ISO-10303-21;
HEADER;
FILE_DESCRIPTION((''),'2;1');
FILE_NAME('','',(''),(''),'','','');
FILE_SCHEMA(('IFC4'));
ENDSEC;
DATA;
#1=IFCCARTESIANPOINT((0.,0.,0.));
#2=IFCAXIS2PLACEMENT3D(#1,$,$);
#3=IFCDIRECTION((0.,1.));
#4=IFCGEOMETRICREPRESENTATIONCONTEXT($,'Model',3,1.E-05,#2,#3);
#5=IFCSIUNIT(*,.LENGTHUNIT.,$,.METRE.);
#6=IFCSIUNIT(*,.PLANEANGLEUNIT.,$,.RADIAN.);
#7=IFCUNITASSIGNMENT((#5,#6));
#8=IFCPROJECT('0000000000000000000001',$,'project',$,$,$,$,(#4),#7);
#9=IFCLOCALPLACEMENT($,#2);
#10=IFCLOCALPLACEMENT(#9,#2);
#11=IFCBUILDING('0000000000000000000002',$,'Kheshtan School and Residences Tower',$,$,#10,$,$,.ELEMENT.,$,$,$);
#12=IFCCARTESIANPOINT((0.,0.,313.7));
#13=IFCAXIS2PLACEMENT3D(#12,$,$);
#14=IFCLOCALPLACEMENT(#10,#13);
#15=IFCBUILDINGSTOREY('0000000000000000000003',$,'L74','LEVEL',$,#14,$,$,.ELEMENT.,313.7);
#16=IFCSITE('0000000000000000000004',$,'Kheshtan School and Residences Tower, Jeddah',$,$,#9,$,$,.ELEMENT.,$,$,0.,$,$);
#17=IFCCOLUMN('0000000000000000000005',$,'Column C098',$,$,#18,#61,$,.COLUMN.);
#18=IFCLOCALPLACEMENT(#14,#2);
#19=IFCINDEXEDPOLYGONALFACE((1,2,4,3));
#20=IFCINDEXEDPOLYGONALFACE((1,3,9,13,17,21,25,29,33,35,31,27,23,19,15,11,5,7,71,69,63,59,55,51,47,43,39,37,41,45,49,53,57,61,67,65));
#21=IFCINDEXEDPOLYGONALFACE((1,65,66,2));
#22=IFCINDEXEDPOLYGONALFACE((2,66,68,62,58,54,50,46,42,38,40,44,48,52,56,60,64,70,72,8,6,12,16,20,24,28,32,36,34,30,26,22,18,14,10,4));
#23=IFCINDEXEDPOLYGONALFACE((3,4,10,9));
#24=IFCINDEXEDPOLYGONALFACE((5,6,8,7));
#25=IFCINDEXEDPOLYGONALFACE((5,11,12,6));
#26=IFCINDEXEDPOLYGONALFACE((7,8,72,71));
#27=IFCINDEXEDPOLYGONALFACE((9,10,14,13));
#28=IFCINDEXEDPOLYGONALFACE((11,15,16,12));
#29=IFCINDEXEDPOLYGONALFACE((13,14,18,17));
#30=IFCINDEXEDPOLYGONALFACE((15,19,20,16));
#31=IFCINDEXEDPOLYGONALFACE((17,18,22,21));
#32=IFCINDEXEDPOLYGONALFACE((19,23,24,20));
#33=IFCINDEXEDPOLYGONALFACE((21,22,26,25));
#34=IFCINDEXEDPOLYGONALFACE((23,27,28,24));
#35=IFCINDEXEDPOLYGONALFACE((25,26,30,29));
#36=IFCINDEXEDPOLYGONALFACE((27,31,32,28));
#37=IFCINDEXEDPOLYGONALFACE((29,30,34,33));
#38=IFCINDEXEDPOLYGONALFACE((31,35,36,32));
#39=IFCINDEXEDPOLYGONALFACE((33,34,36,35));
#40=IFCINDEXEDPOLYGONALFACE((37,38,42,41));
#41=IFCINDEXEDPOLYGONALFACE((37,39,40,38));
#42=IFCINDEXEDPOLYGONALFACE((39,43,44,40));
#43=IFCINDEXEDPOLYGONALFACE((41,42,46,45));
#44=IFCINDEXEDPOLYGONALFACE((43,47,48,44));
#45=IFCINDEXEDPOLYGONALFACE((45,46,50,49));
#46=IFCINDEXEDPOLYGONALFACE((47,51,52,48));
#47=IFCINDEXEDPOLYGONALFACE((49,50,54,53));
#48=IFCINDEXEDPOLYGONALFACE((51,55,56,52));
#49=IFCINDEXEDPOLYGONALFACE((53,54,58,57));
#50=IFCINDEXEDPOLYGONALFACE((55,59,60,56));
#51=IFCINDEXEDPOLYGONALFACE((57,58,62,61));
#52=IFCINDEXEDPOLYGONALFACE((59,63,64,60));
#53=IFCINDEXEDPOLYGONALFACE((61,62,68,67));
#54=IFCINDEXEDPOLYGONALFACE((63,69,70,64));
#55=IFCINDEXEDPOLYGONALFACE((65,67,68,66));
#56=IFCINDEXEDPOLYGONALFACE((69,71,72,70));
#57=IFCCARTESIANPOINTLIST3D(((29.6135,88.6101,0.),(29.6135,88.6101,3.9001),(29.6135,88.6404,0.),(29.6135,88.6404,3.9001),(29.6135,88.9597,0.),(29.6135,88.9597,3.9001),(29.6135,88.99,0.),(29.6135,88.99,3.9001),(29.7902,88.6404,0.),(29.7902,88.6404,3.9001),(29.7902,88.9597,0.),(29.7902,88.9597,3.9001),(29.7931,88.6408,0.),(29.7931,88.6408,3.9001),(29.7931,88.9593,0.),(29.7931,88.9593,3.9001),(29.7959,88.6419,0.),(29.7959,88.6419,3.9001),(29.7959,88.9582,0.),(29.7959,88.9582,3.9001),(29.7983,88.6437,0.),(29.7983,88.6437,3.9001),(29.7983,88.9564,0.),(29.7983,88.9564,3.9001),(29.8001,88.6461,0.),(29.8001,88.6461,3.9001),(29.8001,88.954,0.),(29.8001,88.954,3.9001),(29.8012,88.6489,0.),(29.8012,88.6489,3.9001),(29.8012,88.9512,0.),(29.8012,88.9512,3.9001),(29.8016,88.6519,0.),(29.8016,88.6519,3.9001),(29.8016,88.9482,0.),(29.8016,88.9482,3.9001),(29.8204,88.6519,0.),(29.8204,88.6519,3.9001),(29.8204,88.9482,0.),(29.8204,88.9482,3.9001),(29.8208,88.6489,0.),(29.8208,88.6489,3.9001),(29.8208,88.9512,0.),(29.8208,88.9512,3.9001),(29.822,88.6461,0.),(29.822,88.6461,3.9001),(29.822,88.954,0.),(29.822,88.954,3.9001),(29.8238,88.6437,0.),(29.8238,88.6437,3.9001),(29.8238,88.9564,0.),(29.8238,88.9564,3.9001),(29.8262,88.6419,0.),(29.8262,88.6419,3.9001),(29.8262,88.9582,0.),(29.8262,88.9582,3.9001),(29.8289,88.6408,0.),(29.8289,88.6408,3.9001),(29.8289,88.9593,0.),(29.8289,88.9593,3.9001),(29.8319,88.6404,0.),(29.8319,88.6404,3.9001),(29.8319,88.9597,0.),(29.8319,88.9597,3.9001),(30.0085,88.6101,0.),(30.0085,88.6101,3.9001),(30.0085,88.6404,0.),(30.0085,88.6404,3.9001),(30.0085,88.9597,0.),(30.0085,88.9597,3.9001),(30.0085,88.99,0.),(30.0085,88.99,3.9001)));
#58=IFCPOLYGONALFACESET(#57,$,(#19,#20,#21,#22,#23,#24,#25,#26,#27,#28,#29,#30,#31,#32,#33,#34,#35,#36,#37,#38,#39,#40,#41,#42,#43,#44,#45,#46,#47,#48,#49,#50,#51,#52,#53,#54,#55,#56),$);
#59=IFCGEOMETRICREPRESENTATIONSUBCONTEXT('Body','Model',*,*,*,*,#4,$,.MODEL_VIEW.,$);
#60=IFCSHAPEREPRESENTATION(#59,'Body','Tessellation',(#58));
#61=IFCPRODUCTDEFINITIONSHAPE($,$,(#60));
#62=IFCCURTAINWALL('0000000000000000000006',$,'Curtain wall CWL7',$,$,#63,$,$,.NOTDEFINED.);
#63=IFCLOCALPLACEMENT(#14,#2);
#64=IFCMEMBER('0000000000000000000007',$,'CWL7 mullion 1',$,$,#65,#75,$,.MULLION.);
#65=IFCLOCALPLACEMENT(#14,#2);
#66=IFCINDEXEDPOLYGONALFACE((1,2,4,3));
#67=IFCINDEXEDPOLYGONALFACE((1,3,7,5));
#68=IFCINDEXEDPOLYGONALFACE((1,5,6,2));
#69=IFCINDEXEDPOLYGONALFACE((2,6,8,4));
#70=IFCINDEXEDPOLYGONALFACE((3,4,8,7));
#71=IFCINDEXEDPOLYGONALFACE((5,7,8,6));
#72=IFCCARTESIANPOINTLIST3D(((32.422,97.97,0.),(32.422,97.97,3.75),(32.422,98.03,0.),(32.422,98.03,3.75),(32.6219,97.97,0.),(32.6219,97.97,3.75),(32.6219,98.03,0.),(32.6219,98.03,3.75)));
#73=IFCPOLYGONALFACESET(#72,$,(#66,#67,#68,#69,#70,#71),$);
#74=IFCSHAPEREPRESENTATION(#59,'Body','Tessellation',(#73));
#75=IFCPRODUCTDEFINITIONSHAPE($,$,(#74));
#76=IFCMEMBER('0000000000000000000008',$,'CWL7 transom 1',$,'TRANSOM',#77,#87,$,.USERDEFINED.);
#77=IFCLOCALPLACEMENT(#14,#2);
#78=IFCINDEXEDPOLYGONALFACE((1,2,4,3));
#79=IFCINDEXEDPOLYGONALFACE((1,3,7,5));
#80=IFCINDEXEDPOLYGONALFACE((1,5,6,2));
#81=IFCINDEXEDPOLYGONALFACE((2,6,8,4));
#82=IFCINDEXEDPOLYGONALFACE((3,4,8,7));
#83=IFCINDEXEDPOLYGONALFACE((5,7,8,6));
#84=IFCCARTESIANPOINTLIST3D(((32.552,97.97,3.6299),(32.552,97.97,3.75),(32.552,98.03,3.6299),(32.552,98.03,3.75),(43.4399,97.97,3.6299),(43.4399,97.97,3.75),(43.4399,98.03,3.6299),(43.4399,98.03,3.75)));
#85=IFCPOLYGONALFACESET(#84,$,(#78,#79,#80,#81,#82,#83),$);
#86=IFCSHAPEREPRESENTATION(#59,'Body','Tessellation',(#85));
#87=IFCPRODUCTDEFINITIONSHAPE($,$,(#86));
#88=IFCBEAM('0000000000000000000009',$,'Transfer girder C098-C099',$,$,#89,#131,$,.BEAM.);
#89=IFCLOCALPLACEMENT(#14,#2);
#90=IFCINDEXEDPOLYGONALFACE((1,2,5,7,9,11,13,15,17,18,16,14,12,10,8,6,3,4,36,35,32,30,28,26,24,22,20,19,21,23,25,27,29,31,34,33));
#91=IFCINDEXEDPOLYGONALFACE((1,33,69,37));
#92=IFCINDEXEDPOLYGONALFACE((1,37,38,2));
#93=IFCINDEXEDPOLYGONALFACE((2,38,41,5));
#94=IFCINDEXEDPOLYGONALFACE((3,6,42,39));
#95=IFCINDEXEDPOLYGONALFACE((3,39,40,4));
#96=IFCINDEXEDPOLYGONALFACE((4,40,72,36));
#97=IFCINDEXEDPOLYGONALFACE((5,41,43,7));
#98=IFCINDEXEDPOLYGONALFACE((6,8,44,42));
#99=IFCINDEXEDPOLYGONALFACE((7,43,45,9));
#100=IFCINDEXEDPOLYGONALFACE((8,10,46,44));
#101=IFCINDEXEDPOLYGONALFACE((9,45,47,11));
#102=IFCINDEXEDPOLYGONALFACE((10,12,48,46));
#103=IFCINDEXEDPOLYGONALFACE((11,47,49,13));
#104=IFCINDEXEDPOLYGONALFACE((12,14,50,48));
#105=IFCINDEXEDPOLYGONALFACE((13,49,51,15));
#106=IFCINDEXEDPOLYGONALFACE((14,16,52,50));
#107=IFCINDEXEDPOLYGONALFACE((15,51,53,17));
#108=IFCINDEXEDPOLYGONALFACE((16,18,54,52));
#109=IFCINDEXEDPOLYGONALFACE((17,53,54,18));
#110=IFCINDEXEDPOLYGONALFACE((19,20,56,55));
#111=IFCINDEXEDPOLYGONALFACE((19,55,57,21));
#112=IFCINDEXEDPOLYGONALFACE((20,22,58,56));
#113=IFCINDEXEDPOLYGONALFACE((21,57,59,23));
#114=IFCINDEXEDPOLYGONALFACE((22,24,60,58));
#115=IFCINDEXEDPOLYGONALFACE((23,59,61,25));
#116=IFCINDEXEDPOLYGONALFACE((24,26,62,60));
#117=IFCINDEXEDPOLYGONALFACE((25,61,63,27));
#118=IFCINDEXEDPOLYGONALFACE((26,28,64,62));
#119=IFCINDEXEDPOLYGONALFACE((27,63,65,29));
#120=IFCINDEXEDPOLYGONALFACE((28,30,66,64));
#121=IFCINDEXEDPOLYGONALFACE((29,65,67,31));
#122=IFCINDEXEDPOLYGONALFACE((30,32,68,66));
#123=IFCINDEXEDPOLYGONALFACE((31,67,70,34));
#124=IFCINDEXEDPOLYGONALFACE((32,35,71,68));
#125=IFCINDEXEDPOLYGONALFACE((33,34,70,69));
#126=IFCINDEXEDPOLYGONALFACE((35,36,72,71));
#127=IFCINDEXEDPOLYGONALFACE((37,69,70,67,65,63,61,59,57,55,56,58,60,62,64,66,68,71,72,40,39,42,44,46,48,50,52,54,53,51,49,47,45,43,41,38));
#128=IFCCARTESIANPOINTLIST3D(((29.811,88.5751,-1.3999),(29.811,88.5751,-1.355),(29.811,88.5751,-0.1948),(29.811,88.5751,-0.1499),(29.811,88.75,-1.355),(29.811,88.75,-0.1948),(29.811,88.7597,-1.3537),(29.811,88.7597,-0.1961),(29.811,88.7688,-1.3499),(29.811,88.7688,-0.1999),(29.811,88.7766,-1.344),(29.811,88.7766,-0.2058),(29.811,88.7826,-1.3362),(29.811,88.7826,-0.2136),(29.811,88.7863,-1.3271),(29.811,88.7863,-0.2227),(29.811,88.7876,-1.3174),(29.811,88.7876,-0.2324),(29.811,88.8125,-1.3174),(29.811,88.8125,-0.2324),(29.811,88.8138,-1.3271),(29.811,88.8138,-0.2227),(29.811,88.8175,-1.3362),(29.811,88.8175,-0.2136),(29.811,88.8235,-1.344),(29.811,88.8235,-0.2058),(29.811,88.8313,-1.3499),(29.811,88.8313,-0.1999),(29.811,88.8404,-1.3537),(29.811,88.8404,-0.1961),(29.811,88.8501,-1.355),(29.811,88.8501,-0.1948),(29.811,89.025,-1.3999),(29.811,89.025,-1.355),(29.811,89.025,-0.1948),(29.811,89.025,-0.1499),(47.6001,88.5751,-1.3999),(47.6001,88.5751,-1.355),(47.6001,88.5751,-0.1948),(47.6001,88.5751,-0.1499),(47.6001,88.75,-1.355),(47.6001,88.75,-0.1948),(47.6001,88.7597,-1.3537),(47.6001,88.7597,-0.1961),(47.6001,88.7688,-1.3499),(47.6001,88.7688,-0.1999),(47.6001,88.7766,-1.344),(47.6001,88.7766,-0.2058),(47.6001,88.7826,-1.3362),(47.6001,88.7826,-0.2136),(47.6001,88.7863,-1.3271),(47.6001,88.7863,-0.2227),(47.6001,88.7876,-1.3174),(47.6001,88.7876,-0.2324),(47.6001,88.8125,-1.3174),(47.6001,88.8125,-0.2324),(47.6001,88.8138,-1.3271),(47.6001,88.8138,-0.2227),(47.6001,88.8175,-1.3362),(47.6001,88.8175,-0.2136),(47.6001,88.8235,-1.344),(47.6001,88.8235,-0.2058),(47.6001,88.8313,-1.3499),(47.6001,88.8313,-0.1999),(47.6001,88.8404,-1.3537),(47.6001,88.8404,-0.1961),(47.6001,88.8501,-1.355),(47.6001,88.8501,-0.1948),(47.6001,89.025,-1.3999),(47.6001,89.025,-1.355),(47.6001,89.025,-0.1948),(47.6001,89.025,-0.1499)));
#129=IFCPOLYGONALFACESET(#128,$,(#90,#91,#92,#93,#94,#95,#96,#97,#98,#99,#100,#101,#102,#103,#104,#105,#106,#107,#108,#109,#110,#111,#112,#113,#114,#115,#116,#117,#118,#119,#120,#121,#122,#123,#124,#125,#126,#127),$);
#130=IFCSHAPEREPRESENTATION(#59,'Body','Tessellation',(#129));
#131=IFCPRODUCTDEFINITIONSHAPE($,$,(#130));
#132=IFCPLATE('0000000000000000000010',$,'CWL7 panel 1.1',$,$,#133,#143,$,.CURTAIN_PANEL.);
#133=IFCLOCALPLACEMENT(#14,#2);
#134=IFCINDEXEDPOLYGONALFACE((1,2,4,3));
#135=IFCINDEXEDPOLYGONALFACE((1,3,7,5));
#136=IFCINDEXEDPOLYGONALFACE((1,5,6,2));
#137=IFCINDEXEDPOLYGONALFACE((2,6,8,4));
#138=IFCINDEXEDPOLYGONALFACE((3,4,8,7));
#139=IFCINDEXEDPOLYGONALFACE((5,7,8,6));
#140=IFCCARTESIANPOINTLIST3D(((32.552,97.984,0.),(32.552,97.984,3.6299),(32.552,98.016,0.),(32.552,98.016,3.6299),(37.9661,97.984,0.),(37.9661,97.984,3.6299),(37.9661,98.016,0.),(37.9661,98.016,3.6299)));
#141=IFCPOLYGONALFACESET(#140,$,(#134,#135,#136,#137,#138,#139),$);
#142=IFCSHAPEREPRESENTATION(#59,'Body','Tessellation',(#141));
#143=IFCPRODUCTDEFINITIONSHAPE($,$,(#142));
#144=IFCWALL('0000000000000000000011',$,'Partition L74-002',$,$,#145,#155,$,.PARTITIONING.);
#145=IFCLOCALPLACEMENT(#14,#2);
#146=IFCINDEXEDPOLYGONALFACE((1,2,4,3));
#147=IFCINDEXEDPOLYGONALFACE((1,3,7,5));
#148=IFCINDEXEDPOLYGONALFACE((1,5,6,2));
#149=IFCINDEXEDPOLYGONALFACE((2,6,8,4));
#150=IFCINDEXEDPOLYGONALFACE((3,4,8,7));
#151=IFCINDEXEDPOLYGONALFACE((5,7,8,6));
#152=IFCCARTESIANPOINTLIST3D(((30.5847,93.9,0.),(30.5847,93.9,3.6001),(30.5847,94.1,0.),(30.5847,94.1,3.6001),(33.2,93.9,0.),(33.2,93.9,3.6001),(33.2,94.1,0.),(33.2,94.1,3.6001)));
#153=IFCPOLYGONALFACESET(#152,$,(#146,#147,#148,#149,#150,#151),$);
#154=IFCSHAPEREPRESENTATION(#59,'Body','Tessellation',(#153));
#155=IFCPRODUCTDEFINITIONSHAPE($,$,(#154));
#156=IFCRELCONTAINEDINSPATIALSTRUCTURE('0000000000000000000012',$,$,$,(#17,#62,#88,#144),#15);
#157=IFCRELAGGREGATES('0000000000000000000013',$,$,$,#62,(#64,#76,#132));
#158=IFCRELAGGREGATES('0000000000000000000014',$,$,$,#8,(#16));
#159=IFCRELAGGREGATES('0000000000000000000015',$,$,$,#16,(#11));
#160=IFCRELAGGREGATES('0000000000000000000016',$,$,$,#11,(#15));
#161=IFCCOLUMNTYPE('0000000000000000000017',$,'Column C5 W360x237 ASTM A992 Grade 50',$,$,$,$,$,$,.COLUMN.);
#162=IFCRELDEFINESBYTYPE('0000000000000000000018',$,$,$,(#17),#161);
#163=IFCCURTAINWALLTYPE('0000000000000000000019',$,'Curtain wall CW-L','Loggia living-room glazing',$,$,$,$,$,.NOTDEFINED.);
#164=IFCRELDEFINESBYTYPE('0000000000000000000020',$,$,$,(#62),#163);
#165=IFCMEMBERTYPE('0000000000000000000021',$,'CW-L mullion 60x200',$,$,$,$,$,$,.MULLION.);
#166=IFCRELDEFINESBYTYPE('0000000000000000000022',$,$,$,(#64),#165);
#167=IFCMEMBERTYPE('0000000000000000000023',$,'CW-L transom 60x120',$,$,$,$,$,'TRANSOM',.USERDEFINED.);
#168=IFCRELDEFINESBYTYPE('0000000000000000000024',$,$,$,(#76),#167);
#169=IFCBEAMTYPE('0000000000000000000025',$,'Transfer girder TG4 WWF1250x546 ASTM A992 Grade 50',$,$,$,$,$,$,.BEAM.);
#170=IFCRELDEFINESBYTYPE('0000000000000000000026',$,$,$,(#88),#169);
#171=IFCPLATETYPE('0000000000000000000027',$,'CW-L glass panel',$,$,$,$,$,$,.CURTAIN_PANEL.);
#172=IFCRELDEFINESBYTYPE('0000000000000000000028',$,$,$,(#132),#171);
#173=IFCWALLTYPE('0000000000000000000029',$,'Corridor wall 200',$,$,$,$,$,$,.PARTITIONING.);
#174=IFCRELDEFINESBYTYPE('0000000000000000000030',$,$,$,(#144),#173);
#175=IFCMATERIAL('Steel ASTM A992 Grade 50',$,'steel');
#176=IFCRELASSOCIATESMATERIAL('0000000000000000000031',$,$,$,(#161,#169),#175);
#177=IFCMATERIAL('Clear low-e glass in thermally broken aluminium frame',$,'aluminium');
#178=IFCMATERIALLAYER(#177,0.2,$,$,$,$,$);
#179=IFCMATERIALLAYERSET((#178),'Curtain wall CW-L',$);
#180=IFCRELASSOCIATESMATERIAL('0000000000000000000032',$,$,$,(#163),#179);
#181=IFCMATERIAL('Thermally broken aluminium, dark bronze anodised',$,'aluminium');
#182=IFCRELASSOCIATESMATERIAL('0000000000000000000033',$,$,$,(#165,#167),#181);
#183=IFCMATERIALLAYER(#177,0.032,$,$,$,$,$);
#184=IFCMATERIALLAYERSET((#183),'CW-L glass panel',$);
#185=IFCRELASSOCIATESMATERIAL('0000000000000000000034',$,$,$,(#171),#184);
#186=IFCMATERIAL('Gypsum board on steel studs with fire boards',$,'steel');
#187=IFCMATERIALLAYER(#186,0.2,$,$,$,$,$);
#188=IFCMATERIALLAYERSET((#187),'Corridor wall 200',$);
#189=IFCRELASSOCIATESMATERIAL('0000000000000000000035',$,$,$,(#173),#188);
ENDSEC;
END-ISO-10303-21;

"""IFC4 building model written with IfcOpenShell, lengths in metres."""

from ifc_helpers import new_model, si_unit, direction, frame, frame_2d, origin, origin_2d, place, context, subcontext, project, spatial, rectangle, i_section, extrude, material, layer, layer_set, material_profile, profile_set, type_object, element, aggregate, save


model = new_model("IFC4")

# Units and contexts
model_context = context("Model", 3, precision=1e-05, world=origin(), true_north=direction((0.0, 1.0)))
body_context = subcontext(model_context, "Body", "Model", "MODEL_VIEW")
ifc_project = project(units=[si_unit("LENGTHUNIT", "METRE"), si_unit("PLANEANGLEUNIT", "RADIAN")], contexts=[model_context])

# Site, building, storey
site_placement = place(None, origin())
site = spatial("IfcSite", under=ifc_project, at=site_placement, Name="Kheshtan School and Residences Tower, Jeddah", CompositionType="ELEMENT", RefElevation=0.0)
building_placement = place(site_placement, origin())
building = spatial("IfcBuilding", under=site, at=building_placement, Name="Kheshtan School and Residences Tower", CompositionType="ELEMENT")
storey_placement = place(building_placement, frame((0.0, 0.0, 313.7)))
storey = spatial("IfcBuildingStorey", under=building, at=storey_placement, Name="L74", Description="LEVEL", CompositionType="ELEMENT", Elevation=313.7)

# Column
ifc_material_1 = material(Name="Steel ASTM A992 Grade 50", Category="steel")
ifc_material_profile_1 = material_profile(ifc_material_1, i_section(OverallWidth=0.395, OverallDepth=0.3799, WebThickness=0.0188, FlangeThickness=0.0303, FilletRadius=0.0115, at=origin_2d()), Name="W360x237")
ifc_profile_set_1 = profile_set([ifc_material_profile_1], Name="Steel ASTM A992 Grade 50")
column_type = type_object("IfcColumnType", Name="Column C5 W360x237 ASTM A992 Grade 50", PredefinedType="COLUMN", material=ifc_profile_set_1)
column_placement = place(storey_placement, frame((29.811, 88.8, 0.0), z_axis=(0.0, 0.0, 1.0), x_axis=(1.0, 0.0, 0.0)))
element("IfcColumn", 1, at=column_placement, inside=storey, type_object=column_type, Name="Column C098", PredefinedType="COLUMN", context=body_context, shape_type="SweptSolid", body=[
    extrude(i_section(OverallWidth=0.395, OverallDepth=0.3799, WebThickness=0.0188, FlangeThickness=0.0303, FilletRadius=0.0115, at=origin_2d()), origin(), (0.0, 0.0, 1.0), 3.9001),
])

# Curtain wall, members
ifc_material_2 = material(Name="Clear low-e glass in thermally broken aluminium frame", Category="aluminium")
ifc_layer_1 = layer(ifc_material_2, 0.2)
ifc_layer_set_1 = layer_set([ifc_layer_1], Name="Curtain wall CW-L")
curtain_wall_type = type_object("IfcCurtainWallType", Name="Curtain wall CW-L", Description="Loggia living-room glazing", PredefinedType="NOTDEFINED", material=ifc_layer_set_1)
curtain_wall_placement = place(storey_placement, origin())
curtain_wall = element("IfcCurtainWall", 2, at=curtain_wall_placement, inside=storey, type_object=curtain_wall_type, Name="Curtain wall CWL7", PredefinedType="NOTDEFINED")
ifc_material_3 = material(Name="Thermally broken aluminium, dark bronze anodised", Category="aluminium")
ifc_material_profile_2 = material_profile(ifc_material_3, rectangle(XDim=0.0601, YDim=0.2, at=origin_2d()), Name="CW-L mullion 60x200")
ifc_profile_set_2 = profile_set([ifc_material_profile_2], Name="Thermally broken aluminium, dark bronze anodised")
member_type_1 = type_object("IfcMemberType", Name="CW-L mullion 60x200", PredefinedType="MULLION", material=ifc_profile_set_2)
member_1_placement = place(storey_placement, frame((32.522, 98.0, 0.0), z_axis=(0.0, 0.0, 1.0), x_axis=(0.0, 1.0, 0.0)))
member_1 = element("IfcMember", 3, at=member_1_placement, type_object=member_type_1, Name="CWL7 mullion 1", PredefinedType="MULLION", context=body_context, shape_type="SweptSolid", body=[
    extrude(rectangle(XDim=0.0601, YDim=0.2, at=origin_2d()), origin(), (0.0, 0.0, 1.0), 3.75),
])
ifc_material_profile_3 = material_profile(ifc_material_3, rectangle(XDim=0.0601, YDim=0.1201, at=origin_2d()), Name="CW-L transom 60x120")
ifc_profile_set_3 = profile_set([ifc_material_profile_3], Name="Thermally broken aluminium, dark bronze anodised")
member_type_2 = type_object("IfcMemberType", Name="CW-L transom 60x120", ElementType="TRANSOM", PredefinedType="USERDEFINED", material=ifc_profile_set_3)
member_2_placement = place(storey_placement, frame((32.552, 98.0, 3.6899), z_axis=(1.0, 0.0, 0.0), x_axis=(0.0, 1.0, 0.0)))
member_2 = element("IfcMember", 4, at=member_2_placement, type_object=member_type_2, Name="CWL7 transom 1", ObjectType="TRANSOM", PredefinedType="USERDEFINED", context=body_context, shape_type="SweptSolid", body=[
    extrude(rectangle(XDim=0.0601, YDim=0.1201, at=origin_2d()), origin(), (0.0, 0.0, 1.0), 10.8879),
])

# Beam
ifc_material_profile_4 = material_profile(ifc_material_1, i_section(OverallWidth=0.45, OverallDepth=1.25, WebThickness=0.0249, FlangeThickness=0.0449, FilletRadius=0.0376, at=origin_2d()), Name="WWF1250x546")
ifc_profile_set_4 = profile_set([ifc_material_profile_4], Name="Steel ASTM A992 Grade 50")
beam_type = type_object("IfcBeamType", Name="Transfer girder TG4 WWF1250x546 ASTM A992 Grade 50", PredefinedType="BEAM", material=ifc_profile_set_4)
beam_placement = place(storey_placement, frame((29.811, 88.8, -0.7749), z_axis=(1.0, 0.0, 0.0), x_axis=(0.0, 1.0, 0.0)))
element("IfcBeam", 5, at=beam_placement, inside=storey, type_object=beam_type, Name="Transfer girder C098-C099", PredefinedType="BEAM", context=body_context, shape_type="SweptSolid", body=[
    extrude(i_section(OverallWidth=0.45, OverallDepth=1.25, WebThickness=0.0249, FlangeThickness=0.0449, FilletRadius=0.0376, at=origin_2d()), origin(), (0.0, 0.0, 1.0), 17.7891),
])

# Plate
ifc_layer_2 = layer(ifc_material_2, 0.032)
ifc_layer_set_2 = layer_set([ifc_layer_2], Name="CW-L glass panel")
plate_type = type_object("IfcPlateType", Name="CW-L glass panel", PredefinedType="CURTAIN_PANEL", material=ifc_layer_set_2)
plate_placement = place(storey_placement, frame((35.259, 98.0, 0.0), z_axis=(0.0, 0.0, 1.0), x_axis=(1.0, 0.0, 0.0)))
plate = element("IfcPlate", 6, at=plate_placement, type_object=plate_type, Name="CWL7 panel 1.1", PredefinedType="CURTAIN_PANEL", context=body_context, shape_type="SweptSolid", body=[
    extrude(rectangle(XDim=5.4141, YDim=0.032, at=origin_2d()), origin(), (0.0, 0.0, 1.0), 3.6299),
])
aggregate(curtain_wall, [member_1, member_2, plate])

# Wall
ifc_material_4 = material(Name="Gypsum board on steel studs with fire boards", Category="steel")
ifc_layer_3 = layer(ifc_material_4, 0.2)
ifc_layer_set_3 = layer_set([ifc_layer_3], Name="Corridor wall 200")
wall_type_1 = type_object("IfcWallType", Name="Corridor wall 200", PredefinedType="PARTITIONING", material=ifc_layer_set_3)
wall_1_placement = place(storey_placement, frame((30.5847, 94.0, 0.0), z_axis=(0.0, 0.0, 1.0), x_axis=(1.0, 0.0, 0.0)))
element("IfcWall", 7, at=wall_1_placement, inside=storey, type_object=wall_type_1, Name="Partition L74-002", PredefinedType="PARTITIONING", context=body_context, shape_type="SweptSolid", body=[
    extrude(rectangle(XDim=2.6152, YDim=0.2, at=frame_2d((1.3076, 0.0))), origin(), (0.0, 0.0, 1.0), 3.6001),
])

save(model, "model.ifc")
